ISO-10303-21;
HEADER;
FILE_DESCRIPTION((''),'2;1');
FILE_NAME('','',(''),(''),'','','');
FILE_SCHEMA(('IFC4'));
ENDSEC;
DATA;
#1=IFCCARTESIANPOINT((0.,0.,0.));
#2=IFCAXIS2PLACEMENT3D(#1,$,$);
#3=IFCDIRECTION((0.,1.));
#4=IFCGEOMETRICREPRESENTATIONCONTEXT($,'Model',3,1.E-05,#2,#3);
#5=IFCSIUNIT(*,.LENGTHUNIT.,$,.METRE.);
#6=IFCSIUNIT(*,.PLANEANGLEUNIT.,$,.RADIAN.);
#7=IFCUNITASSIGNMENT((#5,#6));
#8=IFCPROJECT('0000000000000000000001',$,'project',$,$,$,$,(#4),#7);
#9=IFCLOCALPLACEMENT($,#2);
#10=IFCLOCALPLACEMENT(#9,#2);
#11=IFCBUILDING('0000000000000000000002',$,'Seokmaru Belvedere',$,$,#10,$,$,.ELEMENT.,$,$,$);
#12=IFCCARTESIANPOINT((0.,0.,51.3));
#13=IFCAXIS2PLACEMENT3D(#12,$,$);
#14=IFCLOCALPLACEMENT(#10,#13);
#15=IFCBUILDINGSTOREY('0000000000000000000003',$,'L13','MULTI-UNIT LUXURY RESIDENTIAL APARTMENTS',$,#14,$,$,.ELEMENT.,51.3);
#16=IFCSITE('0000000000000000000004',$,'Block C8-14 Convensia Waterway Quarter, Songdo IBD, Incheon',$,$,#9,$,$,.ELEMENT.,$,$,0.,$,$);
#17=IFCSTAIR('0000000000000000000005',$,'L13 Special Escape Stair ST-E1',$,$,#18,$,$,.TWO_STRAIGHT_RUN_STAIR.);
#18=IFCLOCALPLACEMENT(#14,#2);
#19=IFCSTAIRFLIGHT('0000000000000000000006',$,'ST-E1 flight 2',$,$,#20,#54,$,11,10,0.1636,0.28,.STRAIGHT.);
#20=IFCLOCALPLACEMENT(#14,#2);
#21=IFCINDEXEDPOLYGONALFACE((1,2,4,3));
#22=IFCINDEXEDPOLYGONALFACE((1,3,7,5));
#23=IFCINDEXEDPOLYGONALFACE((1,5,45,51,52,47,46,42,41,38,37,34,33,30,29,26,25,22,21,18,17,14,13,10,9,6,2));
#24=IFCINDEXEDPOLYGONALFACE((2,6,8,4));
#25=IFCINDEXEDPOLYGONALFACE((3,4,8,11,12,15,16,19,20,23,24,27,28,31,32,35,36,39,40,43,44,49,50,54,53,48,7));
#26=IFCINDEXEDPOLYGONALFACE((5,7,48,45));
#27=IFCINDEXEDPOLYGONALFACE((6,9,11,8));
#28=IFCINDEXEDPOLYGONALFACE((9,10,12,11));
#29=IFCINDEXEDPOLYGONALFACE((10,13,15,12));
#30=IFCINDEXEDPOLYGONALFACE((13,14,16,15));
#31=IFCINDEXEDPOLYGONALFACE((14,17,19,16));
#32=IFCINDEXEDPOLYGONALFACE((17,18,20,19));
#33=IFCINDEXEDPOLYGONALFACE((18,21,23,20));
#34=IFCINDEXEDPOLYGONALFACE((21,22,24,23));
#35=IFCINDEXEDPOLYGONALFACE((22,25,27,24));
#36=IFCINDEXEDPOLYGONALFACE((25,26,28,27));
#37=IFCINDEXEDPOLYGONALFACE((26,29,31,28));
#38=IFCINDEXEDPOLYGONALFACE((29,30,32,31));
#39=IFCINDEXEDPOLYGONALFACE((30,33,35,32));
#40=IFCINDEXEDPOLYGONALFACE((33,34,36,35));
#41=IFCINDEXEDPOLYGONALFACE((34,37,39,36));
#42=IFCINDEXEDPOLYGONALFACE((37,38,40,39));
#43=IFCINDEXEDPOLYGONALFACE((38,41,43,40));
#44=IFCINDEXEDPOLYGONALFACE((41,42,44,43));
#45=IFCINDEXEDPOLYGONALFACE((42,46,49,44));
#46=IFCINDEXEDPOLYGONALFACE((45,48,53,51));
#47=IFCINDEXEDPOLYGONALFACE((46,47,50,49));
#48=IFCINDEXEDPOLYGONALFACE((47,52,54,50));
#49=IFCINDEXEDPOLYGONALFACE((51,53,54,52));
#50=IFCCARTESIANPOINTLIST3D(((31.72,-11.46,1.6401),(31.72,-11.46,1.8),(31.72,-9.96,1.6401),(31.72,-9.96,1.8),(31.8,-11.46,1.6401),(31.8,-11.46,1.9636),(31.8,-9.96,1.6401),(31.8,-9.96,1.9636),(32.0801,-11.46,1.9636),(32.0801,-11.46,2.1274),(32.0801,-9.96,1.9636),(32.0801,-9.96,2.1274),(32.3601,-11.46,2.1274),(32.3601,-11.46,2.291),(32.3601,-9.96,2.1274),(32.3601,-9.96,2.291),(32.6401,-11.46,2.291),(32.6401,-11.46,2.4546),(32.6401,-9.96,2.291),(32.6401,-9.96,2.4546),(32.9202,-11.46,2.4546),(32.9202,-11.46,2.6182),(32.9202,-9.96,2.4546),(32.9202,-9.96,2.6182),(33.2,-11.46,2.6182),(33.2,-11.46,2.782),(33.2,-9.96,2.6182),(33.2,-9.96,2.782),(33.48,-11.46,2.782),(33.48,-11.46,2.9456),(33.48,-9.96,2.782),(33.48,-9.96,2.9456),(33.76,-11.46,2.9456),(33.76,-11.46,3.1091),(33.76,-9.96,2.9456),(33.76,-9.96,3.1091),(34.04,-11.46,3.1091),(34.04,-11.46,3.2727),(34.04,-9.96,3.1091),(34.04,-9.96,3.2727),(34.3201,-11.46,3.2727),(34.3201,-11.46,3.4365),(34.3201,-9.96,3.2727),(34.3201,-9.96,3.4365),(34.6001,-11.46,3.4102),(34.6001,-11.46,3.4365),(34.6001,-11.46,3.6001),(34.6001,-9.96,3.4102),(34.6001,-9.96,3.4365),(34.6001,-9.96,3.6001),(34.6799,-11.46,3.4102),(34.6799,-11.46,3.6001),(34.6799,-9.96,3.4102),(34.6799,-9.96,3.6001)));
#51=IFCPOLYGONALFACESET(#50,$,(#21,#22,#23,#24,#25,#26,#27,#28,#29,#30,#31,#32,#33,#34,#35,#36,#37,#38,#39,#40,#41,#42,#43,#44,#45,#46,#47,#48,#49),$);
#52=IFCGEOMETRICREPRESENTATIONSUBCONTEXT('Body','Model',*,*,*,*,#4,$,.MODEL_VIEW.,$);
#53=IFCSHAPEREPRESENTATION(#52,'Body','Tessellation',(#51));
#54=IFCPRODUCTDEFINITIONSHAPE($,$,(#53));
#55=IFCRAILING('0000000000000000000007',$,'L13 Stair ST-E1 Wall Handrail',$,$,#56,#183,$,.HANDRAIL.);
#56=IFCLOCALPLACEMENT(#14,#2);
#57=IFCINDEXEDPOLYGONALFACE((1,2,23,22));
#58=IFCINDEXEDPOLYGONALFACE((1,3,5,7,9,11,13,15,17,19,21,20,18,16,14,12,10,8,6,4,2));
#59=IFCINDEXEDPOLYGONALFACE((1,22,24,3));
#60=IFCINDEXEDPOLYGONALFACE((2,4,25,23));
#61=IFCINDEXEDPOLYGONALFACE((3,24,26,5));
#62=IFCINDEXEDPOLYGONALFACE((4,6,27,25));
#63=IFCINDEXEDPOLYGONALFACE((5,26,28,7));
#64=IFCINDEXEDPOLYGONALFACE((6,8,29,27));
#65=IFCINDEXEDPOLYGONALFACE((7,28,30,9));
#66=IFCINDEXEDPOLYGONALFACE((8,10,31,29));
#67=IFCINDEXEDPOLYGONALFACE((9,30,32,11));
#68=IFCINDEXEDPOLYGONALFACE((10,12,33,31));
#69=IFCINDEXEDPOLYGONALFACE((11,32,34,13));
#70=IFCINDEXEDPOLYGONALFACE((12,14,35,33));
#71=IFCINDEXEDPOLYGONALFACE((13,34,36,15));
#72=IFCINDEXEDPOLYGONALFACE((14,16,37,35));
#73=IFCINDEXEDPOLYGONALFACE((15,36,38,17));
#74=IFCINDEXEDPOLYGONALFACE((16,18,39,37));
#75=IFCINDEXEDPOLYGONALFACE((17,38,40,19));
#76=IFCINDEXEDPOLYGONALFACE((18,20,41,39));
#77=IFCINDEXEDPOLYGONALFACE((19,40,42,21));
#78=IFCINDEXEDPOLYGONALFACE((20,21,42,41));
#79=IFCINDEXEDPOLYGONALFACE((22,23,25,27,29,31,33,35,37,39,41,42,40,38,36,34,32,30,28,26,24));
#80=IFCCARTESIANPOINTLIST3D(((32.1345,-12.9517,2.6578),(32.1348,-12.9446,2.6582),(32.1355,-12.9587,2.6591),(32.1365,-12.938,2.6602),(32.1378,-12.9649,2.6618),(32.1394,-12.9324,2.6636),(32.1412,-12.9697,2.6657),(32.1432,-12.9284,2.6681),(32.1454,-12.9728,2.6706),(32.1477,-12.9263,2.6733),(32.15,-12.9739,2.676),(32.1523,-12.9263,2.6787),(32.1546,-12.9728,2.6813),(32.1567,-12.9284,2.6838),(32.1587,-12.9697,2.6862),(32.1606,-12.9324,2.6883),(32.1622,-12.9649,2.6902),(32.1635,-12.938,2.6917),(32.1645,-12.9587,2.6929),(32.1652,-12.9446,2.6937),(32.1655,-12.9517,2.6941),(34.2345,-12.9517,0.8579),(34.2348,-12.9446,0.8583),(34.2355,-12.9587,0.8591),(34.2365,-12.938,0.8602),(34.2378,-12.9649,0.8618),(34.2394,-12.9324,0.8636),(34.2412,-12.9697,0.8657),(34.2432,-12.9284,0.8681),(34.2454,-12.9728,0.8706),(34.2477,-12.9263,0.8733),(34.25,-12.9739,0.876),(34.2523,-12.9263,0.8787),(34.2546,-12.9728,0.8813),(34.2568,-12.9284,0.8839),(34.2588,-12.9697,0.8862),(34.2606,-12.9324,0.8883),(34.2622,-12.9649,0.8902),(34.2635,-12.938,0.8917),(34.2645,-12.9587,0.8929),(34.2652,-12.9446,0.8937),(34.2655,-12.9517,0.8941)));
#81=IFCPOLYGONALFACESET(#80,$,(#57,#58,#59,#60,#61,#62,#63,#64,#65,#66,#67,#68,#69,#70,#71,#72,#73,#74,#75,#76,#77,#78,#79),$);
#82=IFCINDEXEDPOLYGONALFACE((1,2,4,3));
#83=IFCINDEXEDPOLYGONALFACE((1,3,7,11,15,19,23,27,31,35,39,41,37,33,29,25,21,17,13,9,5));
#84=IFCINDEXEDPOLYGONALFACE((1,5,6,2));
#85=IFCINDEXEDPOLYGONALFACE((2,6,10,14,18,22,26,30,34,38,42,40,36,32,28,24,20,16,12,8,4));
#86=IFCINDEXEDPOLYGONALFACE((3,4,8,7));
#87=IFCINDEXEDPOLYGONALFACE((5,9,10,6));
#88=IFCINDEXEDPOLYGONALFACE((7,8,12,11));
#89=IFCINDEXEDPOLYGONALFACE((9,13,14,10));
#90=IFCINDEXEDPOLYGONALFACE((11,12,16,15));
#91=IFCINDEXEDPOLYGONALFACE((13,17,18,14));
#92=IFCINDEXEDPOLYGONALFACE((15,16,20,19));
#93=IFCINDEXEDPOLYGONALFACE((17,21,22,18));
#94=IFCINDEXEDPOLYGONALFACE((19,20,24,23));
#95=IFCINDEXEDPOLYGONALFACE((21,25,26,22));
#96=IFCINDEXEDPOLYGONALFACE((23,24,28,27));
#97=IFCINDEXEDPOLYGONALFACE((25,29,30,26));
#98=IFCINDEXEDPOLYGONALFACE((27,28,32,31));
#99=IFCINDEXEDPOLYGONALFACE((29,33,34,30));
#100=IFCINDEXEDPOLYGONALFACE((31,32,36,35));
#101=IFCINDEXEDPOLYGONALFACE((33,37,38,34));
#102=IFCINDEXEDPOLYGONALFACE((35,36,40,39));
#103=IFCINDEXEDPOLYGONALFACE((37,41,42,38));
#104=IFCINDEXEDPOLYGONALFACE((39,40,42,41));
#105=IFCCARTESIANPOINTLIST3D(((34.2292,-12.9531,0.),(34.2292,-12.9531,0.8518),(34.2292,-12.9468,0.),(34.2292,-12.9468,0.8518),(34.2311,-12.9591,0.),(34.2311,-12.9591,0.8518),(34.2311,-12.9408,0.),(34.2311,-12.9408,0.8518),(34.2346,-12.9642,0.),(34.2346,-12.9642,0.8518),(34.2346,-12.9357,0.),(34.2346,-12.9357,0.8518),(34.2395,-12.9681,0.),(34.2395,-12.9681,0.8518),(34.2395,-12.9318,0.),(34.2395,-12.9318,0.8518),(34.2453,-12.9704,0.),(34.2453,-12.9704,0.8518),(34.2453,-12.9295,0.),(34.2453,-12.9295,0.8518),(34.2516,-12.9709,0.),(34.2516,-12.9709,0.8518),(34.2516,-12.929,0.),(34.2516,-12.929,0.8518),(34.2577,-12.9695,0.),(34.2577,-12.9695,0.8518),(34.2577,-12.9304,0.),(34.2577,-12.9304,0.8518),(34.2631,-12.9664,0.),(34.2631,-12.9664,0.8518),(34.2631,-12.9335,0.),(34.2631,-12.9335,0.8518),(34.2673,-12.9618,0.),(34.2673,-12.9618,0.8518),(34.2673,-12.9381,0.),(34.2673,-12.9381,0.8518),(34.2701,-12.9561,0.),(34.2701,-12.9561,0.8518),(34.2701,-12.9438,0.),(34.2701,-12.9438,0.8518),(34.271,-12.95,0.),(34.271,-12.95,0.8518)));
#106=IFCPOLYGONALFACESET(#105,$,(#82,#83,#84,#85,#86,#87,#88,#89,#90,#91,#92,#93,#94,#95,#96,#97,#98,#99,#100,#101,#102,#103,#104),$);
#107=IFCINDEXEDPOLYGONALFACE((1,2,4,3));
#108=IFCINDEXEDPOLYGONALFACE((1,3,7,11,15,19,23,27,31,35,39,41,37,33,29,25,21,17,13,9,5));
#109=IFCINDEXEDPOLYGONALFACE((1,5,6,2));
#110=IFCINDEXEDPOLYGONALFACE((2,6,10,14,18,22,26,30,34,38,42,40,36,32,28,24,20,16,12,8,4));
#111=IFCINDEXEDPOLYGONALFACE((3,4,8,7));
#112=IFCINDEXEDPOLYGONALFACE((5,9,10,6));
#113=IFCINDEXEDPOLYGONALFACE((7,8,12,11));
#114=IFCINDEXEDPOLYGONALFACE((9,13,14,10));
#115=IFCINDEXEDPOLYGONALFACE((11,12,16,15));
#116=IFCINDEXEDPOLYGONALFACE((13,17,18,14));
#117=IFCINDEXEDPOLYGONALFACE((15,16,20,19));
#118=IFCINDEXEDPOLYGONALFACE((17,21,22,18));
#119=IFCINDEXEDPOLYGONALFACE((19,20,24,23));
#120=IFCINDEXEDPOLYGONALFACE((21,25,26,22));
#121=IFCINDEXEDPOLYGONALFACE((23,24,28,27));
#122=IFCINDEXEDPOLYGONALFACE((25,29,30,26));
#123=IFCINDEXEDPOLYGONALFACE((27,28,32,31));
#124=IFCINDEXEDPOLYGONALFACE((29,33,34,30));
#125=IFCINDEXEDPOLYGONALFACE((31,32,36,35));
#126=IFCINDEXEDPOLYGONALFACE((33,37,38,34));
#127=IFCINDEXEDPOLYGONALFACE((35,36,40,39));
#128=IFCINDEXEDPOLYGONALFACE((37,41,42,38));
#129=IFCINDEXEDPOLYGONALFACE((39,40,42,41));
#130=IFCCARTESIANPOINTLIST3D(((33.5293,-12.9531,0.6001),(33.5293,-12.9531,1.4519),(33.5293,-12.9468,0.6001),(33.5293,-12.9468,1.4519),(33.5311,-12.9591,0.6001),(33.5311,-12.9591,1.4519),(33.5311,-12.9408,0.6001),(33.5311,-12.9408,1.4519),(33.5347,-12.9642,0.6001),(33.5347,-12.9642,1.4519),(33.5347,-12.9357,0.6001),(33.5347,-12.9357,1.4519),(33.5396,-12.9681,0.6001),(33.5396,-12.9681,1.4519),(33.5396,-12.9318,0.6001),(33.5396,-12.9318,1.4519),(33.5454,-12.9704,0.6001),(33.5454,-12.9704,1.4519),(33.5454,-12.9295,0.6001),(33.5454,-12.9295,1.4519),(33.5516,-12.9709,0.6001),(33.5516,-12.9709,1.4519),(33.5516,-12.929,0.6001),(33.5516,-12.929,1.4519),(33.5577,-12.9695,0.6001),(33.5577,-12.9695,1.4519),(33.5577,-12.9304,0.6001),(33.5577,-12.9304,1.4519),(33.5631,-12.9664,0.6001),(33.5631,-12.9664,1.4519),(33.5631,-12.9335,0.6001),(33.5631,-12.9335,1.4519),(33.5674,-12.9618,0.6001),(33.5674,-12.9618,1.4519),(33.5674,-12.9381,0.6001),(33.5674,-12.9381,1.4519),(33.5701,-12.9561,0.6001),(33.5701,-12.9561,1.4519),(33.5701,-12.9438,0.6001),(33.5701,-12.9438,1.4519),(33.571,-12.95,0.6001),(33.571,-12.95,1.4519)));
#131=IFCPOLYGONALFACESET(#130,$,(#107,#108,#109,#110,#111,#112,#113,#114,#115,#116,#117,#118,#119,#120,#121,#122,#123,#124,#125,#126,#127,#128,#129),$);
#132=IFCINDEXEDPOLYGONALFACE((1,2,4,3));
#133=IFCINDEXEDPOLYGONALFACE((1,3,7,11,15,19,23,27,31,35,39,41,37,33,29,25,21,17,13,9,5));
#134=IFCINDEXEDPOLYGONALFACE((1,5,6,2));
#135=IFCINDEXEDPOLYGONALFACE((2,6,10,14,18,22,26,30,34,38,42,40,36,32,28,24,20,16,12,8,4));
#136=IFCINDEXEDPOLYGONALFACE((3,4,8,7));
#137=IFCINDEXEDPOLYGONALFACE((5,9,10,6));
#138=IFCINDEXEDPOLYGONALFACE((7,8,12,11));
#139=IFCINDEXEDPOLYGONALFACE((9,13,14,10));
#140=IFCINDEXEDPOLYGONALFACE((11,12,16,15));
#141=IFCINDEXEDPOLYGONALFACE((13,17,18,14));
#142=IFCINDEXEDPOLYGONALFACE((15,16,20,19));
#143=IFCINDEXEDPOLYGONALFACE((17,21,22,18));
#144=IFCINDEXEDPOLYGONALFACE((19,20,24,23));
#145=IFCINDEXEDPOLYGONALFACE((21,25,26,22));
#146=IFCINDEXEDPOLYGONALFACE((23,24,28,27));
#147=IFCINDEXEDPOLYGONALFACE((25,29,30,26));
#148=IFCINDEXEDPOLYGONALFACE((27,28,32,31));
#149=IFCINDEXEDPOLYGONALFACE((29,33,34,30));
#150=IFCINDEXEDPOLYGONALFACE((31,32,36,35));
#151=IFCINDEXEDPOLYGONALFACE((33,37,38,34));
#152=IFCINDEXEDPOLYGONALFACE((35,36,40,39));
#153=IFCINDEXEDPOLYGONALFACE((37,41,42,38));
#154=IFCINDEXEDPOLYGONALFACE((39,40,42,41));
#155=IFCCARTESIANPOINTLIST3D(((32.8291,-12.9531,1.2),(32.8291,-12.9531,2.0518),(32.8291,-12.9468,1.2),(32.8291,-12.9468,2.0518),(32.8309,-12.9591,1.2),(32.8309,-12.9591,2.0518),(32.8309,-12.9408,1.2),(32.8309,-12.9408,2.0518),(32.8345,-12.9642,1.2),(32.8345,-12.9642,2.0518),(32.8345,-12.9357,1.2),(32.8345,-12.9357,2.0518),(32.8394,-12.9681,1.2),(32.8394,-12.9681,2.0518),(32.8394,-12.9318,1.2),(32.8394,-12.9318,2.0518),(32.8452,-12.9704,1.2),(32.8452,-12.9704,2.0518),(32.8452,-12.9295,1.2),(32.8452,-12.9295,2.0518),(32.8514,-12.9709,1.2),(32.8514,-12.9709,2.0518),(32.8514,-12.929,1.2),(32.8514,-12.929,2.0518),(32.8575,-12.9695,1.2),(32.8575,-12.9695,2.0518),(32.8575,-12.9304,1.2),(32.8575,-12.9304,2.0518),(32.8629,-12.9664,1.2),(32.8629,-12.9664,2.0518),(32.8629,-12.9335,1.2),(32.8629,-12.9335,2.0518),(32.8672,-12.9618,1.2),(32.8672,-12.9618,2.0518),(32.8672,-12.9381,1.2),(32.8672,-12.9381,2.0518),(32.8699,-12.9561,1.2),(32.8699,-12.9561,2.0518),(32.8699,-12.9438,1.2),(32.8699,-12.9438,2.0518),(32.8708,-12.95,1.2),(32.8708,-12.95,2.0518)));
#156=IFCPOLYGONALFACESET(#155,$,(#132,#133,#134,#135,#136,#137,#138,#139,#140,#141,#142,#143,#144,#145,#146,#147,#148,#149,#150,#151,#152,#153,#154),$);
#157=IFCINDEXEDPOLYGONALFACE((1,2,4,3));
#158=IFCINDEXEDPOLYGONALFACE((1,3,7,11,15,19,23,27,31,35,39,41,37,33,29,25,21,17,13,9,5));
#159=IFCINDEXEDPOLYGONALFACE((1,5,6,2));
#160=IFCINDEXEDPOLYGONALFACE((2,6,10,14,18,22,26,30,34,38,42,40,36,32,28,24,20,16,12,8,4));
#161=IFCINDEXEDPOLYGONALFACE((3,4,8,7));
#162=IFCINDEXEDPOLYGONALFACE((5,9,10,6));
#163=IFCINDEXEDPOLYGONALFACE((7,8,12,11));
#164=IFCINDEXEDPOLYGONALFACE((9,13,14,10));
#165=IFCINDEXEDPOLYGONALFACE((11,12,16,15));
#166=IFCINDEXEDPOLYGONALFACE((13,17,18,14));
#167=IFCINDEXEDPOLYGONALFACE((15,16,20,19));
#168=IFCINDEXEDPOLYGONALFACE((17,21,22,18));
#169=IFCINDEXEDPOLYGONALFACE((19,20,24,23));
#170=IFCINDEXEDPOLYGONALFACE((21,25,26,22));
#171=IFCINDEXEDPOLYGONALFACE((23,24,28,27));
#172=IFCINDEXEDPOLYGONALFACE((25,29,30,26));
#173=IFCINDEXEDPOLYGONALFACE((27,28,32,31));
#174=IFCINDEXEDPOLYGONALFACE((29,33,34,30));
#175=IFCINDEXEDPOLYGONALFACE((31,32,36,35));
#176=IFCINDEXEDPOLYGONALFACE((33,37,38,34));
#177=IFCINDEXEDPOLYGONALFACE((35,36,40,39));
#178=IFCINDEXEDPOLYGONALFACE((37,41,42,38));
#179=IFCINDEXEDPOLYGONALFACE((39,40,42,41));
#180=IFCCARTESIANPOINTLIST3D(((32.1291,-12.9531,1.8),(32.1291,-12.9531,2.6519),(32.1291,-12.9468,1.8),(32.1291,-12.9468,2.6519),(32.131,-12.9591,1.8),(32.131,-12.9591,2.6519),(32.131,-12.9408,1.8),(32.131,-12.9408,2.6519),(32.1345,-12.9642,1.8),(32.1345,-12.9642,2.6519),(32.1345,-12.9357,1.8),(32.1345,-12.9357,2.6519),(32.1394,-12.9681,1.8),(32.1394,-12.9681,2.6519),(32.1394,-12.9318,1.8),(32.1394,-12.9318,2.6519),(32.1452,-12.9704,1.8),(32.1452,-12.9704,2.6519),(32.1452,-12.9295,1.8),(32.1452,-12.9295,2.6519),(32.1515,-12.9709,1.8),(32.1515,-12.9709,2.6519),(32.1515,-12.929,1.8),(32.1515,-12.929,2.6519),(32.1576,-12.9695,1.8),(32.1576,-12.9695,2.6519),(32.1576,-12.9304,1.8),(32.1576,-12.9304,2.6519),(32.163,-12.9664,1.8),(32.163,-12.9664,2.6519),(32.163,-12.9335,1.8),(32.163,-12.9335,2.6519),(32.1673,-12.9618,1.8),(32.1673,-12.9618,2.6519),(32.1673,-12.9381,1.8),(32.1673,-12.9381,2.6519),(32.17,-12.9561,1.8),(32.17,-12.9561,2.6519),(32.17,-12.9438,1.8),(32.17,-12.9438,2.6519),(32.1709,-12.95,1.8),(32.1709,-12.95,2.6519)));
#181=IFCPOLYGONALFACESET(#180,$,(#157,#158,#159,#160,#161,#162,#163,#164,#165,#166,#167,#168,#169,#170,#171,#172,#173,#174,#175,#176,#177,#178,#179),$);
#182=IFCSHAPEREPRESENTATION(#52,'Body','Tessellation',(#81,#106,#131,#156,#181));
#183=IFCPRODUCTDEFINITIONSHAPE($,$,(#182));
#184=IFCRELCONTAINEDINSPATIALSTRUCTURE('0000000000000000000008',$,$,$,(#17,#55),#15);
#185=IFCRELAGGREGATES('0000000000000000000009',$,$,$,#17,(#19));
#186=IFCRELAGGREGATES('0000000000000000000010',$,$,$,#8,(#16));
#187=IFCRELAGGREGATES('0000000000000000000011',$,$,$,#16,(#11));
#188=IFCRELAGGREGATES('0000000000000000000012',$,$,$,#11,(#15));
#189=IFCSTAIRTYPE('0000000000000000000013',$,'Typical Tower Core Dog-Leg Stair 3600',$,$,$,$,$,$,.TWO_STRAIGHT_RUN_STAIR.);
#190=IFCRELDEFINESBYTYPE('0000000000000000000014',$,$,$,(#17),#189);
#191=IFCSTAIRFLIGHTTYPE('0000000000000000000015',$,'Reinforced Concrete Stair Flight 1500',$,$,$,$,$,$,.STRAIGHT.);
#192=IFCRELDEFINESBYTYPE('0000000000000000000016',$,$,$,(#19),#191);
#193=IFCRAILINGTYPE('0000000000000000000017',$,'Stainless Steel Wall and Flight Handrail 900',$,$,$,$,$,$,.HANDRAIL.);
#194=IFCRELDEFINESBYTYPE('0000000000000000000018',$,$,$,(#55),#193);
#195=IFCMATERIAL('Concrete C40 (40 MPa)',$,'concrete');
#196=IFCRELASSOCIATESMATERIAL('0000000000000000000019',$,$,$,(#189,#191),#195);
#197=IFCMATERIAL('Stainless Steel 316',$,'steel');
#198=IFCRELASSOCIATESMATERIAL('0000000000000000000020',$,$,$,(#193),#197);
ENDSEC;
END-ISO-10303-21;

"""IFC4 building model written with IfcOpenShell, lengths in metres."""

from ifc_helpers import new_model, si_unit, direction, frame, origin, origin_2d, place, context, subcontext, project, spatial, polyline, circle, outline, extrude, material, type_object, element, aggregate, save


model = new_model("IFC4")

# Units and contexts
model_context = context("Model", 3, precision=1e-05, world=origin(), true_north=direction((0.0, 1.0)))
body_context = subcontext(model_context, "Body", "Model", "MODEL_VIEW")
ifc_project = project(units=[si_unit("LENGTHUNIT", "METRE"), si_unit("PLANEANGLEUNIT", "RADIAN")], contexts=[model_context])

# Site, building, storey
site_placement = place(None, origin())
site = spatial("IfcSite", under=ifc_project, at=site_placement, Name="Block C8-14 Convensia Waterway Quarter, Songdo IBD, Incheon", CompositionType="ELEMENT", RefElevation=0.0)
building_placement = place(site_placement, origin())
building = spatial("IfcBuilding", under=site, at=building_placement, Name="Seokmaru Belvedere", CompositionType="ELEMENT")
storey_placement = place(building_placement, frame((0.0, 0.0, 51.3)))
storey = spatial("IfcBuildingStorey", under=building, at=storey_placement, Name="L13", Description="MULTI-UNIT LUXURY RESIDENTIAL APARTMENTS", CompositionType="ELEMENT", Elevation=51.3)

# Shared definitions
ifc_material_1 = material(Name="Stainless Steel 316", Category="steel")

# Stair, stair flight
ifc_material_2 = material(Name="Concrete C40 (40 MPa)", Category="concrete")
stair_type = type_object("IfcStairType", Name="Typical Tower Core Dog-Leg Stair 3600", PredefinedType="TWO_STRAIGHT_RUN_STAIR", material=ifc_material_2)
stair_placement = place(storey_placement, origin())
stair = element("IfcStair", 1, at=stair_placement, inside=storey, type_object=stair_type, Name="L13 Special Escape Stair ST-E1", PredefinedType="TWO_STRAIGHT_RUN_STAIR")
stair_flight_type = type_object("IfcStairFlightType", Name="Reinforced Concrete Stair Flight 1500", PredefinedType="STRAIGHT", material=ifc_material_2)
stair_flight_1_placement = place(storey_placement, frame((31.8, -10.71, 1.8), z_axis=(0.0, 0.0, 1.0), x_axis=(1.0, 0.0, 0.0)))
stair_flight_1 = element("IfcStairFlight", 2, at=stair_flight_1_placement, type_object=stair_flight_type, Name="ST-E1 flight 2", NumberOfRisers=11, NumberOfTreads=10, PredefinedType="STRAIGHT", RiserHeight=0.1636, TreadLength=0.28, context=body_context, shape_type="SweptSolid", body=[
    extrude(outline(polyline([(-0.0801, 0.0), (0.0, 0.1636), (0.28, 0.1636), (0.28, 0.3274), (0.5601, 0.3274), (0.5601, 0.491), (0.8401, 0.491), (0.8401, 0.6545), (1.1201, 0.6545), (1.1201, 0.8181), (1.3999, 0.8181), (1.3999, 0.9819), (1.6799, 0.9819), (1.6799, 1.1455), (1.96, 1.1455), (1.96, 1.3091), (2.24, 1.3091), (2.24, 1.4727), (2.52, 1.4727), (2.52, 1.6365), (2.8, 1.6365), (2.8, 1.8), (2.8799, 1.8), (2.8799, 1.6101), (2.8, 1.6101), (0.0, -0.1599), (-0.0801, -0.1599), (-0.0801, 0.0)])), frame((0.0, 0.75, 0.0), z_axis=(0.0, -1.0, 0.0), x_axis=(1.0, 0.0, 0.0)), (0.0, 0.0, 1.0), 1.5),
])
aggregate(stair, [stair_flight_1])

# Railing
railing_type_1 = type_object("IfcRailingType", Name="Stainless Steel Wall and Flight Handrail 900", PredefinedType="HANDRAIL", material=ifc_material_1)
railing_1_placement = place(storey_placement, frame((34.25, -12.95, 0.0)))
element("IfcRailing", 3, at=railing_1_placement, inside=storey, type_object=railing_type_1, Name="L13 Stair ST-E1 Wall Handrail", PredefinedType="HANDRAIL", context=body_context, shape_type="SweptSolid", body=[
    extrude(circle(Radius=0.0239, at=origin_2d()), frame((0.0, 0.0, 0.876), z_axis=(-0.759263, 0.0, 0.650784), x_axis=(0.0, -1.0, 0.0)), (0.0, 0.0, 1.0), 2.7659),
    extrude(circle(Radius=0.021, at=origin_2d()), origin(), (0.0, 0.0, 1.0), 0.8518),
    extrude(circle(Radius=0.021, at=origin_2d()), frame((-0.7, 0.0, 0.6001)), (0.0, 0.0, 1.0), 0.8518),
    extrude(circle(Radius=0.021, at=origin_2d()), frame((-1.4001, 0.0, 1.2)), (0.0, 0.0, 1.0), 0.8518),
    extrude(circle(Radius=0.021, at=origin_2d()), frame((-2.1001, 0.0, 1.8)), (0.0, 0.0, 1.0), 0.8518),
])

save(model, "model.ifc")
